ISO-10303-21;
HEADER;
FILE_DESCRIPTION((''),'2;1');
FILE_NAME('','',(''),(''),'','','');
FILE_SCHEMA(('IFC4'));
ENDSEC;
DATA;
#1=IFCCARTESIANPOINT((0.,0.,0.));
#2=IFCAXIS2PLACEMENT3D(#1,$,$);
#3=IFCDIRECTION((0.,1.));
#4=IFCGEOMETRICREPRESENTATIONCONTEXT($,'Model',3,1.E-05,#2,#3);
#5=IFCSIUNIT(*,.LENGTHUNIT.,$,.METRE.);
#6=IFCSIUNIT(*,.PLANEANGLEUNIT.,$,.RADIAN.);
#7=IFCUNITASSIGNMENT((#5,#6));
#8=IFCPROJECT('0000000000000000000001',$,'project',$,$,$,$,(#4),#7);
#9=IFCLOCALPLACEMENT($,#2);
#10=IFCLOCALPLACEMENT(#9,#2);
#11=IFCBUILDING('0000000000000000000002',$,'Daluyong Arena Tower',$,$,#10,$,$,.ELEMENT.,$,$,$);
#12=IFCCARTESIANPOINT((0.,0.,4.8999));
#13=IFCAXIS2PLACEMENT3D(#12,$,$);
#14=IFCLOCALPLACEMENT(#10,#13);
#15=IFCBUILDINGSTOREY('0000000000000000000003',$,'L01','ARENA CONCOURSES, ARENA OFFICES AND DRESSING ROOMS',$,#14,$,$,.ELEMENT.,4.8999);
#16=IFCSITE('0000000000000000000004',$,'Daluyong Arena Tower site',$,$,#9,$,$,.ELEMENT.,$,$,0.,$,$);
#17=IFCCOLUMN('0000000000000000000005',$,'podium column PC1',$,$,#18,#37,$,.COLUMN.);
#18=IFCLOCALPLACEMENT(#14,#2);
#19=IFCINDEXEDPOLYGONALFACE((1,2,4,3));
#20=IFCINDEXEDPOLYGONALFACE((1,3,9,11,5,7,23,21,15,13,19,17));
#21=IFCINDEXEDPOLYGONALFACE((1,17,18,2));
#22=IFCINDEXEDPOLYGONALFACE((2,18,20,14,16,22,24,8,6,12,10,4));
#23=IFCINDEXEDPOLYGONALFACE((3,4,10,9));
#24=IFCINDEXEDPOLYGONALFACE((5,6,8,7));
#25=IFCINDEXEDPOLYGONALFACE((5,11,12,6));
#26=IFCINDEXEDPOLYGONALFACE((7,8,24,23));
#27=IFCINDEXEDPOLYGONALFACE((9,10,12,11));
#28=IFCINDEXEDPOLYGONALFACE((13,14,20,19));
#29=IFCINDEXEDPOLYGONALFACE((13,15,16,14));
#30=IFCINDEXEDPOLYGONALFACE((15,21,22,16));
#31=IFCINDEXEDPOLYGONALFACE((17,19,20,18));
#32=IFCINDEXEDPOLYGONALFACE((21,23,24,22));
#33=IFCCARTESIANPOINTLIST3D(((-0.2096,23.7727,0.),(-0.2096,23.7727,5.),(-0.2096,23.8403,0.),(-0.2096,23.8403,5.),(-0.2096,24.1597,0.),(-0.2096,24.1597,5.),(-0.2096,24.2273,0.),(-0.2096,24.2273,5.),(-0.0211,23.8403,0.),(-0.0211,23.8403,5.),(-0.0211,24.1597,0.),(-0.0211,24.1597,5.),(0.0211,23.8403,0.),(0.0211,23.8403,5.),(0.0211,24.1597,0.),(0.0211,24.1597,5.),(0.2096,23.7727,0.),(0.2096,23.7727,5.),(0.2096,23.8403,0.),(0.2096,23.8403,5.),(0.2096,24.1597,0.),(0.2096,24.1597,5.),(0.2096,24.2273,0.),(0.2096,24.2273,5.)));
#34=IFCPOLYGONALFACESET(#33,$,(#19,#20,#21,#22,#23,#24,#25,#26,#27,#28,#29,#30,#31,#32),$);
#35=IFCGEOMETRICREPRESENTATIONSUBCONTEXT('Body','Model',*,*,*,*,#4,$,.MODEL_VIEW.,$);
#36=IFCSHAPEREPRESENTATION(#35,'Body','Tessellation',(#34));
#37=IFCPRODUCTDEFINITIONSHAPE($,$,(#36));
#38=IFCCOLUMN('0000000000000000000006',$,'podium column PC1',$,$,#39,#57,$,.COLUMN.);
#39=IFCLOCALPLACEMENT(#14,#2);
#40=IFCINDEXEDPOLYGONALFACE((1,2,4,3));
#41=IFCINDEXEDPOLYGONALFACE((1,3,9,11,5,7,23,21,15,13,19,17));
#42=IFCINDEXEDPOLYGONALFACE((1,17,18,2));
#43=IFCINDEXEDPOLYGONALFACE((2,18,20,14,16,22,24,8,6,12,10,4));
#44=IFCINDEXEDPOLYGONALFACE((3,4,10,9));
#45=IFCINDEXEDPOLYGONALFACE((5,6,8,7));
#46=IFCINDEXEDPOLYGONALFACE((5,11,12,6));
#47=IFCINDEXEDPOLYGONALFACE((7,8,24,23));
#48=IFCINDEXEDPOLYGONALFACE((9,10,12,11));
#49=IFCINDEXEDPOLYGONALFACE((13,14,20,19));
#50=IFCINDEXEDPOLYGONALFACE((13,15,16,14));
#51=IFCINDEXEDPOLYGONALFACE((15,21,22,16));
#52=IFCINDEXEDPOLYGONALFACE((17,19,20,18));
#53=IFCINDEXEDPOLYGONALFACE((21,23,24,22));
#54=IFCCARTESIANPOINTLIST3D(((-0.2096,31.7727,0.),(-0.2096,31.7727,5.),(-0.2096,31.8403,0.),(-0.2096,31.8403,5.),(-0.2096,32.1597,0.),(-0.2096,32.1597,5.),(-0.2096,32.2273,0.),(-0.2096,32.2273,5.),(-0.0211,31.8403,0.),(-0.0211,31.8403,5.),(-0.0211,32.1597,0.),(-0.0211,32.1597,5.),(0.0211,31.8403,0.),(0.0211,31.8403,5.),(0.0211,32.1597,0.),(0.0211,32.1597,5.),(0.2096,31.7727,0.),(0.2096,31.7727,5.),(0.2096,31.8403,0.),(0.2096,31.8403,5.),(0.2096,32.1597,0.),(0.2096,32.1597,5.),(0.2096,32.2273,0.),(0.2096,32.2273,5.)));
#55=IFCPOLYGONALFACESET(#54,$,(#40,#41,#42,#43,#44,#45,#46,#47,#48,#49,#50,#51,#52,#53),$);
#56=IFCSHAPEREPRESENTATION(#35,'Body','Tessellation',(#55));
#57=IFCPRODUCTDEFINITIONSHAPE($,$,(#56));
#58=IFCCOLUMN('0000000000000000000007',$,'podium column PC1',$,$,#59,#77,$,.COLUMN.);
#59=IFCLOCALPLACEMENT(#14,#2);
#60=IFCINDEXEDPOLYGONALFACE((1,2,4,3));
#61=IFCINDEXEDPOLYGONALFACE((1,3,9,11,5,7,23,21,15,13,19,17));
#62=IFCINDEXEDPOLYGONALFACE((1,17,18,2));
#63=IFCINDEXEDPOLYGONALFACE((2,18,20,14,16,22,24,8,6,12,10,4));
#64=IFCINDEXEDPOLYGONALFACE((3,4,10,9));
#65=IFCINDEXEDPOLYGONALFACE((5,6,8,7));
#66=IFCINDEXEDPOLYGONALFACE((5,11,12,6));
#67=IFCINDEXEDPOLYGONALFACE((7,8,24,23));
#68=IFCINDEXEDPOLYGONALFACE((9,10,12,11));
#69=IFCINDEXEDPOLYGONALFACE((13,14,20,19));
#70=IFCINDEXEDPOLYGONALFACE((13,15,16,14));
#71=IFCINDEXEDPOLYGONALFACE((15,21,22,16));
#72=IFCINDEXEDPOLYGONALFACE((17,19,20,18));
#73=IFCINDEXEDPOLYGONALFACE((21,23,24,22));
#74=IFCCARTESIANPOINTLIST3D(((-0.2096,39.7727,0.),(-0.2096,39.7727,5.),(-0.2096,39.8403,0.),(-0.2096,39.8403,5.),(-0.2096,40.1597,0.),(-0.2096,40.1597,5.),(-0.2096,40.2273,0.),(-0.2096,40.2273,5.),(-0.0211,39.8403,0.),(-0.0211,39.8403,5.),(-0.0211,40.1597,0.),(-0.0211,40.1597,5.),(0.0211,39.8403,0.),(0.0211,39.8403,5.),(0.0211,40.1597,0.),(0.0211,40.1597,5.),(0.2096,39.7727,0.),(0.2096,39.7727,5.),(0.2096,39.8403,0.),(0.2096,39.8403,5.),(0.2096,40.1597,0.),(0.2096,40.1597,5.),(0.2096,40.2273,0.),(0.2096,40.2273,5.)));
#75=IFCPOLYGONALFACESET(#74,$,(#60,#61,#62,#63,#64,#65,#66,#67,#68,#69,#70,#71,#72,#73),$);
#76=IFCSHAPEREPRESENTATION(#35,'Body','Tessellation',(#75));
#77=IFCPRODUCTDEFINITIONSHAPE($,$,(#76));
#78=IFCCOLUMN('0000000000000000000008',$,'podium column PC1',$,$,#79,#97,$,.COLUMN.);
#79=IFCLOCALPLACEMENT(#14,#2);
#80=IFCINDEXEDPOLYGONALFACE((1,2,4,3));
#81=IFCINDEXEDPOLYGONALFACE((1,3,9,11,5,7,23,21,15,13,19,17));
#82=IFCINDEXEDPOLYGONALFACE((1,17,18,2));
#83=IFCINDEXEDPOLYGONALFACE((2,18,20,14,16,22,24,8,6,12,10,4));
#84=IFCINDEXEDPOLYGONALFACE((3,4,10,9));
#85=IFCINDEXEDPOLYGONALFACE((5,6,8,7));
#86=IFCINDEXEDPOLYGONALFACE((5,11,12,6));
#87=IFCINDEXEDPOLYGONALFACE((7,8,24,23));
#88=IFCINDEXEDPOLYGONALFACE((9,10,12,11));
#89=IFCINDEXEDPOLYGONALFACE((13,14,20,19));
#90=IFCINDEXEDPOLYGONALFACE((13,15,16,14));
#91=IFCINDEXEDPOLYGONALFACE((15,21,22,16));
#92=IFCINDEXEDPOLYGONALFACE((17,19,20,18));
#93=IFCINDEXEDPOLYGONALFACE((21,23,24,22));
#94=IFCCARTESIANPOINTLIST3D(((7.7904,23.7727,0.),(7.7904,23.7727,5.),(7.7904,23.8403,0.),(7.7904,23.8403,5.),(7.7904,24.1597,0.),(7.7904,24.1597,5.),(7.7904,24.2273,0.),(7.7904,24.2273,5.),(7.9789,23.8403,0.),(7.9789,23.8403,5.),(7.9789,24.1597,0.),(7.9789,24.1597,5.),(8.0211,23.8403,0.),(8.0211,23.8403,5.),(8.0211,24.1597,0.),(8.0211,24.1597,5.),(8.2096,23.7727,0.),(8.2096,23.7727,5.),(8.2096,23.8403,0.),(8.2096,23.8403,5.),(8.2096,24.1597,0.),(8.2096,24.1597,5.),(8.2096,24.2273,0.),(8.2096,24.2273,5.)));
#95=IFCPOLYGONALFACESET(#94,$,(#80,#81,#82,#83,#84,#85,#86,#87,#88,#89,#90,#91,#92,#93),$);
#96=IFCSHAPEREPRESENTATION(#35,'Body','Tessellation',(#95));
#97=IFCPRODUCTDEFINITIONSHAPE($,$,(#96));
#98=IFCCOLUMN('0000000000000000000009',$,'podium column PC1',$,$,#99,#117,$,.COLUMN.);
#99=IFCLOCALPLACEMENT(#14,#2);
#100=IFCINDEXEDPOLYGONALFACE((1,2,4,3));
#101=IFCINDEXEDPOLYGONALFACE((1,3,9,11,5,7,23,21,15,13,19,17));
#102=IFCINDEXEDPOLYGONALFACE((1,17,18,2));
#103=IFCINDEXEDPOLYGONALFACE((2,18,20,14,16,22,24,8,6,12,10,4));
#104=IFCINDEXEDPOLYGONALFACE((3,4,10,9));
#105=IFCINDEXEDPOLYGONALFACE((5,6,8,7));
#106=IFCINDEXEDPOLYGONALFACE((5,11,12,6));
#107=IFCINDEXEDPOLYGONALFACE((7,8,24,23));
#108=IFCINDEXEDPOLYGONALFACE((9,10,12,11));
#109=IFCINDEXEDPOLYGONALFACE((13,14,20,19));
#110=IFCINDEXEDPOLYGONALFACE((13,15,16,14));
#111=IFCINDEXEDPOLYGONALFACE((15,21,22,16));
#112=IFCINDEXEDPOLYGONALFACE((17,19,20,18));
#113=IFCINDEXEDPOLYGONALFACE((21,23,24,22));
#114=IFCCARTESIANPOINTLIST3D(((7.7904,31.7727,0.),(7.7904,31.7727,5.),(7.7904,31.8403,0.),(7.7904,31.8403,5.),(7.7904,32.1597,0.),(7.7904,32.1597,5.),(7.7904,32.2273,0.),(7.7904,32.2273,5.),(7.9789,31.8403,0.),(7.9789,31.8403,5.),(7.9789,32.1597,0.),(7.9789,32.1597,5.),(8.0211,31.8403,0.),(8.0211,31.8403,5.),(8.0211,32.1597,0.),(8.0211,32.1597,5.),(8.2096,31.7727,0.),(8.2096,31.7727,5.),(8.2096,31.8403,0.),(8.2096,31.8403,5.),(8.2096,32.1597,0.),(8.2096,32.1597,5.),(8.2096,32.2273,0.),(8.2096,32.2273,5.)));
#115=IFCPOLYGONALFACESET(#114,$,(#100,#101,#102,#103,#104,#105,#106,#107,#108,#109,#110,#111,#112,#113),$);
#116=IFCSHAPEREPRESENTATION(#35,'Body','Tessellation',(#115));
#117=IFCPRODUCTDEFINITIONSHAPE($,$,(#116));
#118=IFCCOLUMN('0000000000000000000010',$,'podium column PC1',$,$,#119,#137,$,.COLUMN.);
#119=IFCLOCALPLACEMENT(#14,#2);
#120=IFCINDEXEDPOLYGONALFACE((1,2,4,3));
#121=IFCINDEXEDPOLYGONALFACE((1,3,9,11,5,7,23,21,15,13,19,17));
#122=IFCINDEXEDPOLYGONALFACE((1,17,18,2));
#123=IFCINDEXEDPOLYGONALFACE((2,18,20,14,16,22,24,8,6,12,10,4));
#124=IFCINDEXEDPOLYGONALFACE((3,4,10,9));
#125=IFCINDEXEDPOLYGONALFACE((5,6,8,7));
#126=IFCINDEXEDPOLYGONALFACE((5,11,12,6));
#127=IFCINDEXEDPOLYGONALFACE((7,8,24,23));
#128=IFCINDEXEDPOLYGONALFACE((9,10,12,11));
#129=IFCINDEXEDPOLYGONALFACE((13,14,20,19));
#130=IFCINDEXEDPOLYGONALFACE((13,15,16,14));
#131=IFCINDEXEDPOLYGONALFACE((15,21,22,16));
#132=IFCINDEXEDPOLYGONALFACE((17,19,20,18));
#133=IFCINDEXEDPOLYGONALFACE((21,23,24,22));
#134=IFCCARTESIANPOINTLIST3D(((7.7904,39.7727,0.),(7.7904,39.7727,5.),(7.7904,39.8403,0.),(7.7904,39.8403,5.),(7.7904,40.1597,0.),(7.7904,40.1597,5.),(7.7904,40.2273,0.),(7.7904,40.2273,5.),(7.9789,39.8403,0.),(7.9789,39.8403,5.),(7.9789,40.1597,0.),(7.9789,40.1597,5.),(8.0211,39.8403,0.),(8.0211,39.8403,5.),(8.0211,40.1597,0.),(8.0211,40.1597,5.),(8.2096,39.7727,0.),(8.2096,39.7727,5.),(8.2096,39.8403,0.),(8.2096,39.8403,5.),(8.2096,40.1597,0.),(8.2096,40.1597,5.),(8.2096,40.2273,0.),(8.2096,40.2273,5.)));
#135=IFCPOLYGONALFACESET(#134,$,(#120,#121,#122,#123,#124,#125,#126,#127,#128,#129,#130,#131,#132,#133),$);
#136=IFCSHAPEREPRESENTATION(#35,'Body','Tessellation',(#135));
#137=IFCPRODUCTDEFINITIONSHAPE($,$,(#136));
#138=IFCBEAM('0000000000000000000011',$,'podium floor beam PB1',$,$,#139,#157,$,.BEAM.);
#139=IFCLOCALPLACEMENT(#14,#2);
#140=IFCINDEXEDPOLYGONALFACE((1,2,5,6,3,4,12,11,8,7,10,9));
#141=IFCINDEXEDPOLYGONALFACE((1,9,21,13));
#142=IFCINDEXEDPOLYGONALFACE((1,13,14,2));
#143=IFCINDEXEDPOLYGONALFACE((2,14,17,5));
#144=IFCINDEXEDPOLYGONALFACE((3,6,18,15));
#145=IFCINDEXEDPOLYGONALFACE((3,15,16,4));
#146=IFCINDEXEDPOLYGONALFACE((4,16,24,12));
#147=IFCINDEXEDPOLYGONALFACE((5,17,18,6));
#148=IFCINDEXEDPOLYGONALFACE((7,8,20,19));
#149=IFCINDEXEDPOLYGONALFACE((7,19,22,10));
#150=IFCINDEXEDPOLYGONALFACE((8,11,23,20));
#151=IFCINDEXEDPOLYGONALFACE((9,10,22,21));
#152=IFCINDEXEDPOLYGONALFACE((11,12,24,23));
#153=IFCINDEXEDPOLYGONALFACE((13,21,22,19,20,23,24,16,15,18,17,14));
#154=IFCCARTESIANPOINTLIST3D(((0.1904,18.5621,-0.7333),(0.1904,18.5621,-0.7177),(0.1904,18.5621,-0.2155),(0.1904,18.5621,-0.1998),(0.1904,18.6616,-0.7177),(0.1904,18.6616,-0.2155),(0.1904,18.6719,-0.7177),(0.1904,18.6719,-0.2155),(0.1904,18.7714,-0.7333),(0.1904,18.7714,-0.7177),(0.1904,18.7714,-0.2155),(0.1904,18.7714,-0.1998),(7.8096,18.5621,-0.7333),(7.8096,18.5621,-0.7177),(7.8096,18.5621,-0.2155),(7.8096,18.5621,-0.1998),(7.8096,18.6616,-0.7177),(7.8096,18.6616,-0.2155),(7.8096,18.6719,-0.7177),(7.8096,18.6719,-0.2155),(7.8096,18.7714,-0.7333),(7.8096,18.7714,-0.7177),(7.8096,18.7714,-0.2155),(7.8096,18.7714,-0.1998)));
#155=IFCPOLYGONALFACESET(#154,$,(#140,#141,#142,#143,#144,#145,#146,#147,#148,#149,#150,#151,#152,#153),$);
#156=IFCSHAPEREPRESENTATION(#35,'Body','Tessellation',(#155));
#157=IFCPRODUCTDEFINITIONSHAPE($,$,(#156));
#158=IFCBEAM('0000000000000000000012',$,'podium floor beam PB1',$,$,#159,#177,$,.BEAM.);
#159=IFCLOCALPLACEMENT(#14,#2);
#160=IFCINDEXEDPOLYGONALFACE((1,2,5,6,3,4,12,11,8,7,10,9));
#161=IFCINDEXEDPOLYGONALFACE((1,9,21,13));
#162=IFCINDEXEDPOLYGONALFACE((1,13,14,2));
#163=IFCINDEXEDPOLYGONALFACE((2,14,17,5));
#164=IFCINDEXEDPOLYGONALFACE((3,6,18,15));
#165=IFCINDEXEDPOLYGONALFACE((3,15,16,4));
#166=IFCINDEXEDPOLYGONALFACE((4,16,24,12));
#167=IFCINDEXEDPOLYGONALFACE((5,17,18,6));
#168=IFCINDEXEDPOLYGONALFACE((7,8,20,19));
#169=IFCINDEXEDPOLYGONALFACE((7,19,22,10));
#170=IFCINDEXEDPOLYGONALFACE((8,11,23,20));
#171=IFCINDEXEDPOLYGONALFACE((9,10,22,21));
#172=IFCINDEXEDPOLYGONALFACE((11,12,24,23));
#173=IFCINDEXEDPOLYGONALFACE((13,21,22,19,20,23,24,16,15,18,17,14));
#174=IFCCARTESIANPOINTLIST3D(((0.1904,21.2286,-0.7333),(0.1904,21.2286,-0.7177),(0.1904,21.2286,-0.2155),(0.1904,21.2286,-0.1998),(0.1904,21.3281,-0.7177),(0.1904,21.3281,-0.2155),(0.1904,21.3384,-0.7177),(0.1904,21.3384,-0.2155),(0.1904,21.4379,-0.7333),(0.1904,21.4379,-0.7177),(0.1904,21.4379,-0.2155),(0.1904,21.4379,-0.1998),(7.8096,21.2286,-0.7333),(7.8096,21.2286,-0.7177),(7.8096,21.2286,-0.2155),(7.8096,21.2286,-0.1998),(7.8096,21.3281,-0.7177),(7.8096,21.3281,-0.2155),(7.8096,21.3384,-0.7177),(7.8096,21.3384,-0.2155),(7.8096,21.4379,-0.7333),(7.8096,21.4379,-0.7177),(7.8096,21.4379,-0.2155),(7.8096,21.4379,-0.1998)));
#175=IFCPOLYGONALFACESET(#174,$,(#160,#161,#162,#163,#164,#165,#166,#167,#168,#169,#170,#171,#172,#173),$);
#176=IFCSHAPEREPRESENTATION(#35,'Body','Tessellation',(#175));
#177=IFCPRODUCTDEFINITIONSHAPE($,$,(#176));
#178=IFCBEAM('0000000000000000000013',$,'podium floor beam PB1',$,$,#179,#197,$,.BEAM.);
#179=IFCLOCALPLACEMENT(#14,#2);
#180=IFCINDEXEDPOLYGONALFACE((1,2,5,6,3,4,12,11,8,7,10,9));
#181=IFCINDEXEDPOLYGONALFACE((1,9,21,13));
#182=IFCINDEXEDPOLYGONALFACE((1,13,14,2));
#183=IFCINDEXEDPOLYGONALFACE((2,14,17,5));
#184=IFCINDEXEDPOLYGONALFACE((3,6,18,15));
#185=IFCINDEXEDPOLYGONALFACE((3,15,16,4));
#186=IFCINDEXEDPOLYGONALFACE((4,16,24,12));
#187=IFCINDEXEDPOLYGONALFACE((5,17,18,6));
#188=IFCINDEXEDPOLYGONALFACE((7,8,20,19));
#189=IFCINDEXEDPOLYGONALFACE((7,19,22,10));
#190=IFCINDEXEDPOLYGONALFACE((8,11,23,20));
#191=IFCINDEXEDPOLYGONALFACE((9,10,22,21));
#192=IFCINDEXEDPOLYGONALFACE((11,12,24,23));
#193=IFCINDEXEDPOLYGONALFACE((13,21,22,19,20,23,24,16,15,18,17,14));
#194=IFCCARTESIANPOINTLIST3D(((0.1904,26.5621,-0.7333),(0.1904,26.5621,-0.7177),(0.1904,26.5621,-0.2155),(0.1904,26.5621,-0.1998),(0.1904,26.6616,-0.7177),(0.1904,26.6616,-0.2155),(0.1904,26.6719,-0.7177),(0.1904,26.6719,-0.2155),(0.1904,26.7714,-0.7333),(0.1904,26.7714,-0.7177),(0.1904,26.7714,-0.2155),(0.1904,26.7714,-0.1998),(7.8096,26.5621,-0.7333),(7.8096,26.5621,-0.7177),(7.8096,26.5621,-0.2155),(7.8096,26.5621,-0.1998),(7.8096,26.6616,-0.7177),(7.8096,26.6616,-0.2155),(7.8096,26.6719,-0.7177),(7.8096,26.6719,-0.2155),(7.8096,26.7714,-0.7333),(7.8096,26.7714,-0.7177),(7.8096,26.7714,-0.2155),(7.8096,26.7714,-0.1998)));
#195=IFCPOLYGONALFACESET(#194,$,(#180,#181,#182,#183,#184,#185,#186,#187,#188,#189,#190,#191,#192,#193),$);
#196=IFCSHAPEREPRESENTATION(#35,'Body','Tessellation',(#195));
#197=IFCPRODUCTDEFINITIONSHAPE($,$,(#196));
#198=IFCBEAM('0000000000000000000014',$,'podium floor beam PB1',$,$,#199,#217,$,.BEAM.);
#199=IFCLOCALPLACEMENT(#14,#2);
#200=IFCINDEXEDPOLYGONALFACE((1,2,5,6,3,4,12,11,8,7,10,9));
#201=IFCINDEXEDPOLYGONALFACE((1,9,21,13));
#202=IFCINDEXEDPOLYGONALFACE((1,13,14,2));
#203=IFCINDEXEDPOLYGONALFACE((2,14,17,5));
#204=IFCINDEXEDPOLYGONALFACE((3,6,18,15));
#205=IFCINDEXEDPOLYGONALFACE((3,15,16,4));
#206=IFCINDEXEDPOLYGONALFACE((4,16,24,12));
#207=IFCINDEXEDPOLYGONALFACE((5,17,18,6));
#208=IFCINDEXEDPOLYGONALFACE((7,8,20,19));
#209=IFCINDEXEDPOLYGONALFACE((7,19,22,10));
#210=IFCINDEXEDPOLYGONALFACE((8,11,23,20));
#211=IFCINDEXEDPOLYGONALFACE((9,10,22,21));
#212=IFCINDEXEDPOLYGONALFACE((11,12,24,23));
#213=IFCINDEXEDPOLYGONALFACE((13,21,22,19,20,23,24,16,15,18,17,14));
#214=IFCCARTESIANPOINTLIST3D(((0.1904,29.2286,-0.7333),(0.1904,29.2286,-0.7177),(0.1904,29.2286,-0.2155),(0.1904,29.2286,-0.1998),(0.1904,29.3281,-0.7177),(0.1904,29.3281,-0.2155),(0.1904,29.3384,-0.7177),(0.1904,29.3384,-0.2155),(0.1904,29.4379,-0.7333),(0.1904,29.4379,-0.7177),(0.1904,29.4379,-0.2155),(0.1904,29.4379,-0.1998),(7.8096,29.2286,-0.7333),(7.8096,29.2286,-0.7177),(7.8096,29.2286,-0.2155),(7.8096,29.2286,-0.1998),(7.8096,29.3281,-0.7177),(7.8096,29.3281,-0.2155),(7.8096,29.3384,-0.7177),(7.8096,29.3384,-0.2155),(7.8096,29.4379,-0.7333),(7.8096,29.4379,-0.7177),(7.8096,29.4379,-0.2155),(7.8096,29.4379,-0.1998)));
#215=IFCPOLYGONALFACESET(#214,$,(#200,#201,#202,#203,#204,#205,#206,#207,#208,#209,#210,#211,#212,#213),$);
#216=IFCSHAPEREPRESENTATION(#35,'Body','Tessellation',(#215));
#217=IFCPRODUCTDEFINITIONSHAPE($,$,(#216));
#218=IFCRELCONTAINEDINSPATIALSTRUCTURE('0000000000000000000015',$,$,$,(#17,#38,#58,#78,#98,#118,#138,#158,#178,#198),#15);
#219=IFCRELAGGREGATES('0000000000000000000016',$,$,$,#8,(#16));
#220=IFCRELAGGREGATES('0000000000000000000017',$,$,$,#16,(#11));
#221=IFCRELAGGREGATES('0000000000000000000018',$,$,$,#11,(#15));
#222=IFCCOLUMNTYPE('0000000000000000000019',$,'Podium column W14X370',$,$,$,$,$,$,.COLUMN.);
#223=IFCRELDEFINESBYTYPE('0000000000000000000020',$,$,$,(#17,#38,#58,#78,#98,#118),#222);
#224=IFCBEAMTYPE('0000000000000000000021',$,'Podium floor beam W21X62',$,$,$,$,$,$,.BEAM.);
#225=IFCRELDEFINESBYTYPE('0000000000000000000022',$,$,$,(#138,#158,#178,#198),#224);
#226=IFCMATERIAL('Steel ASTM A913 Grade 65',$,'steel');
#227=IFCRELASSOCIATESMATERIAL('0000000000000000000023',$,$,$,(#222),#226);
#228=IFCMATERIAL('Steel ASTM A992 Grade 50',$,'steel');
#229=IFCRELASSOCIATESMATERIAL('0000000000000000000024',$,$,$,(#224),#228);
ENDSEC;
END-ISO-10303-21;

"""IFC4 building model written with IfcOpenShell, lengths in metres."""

from ifc_helpers import new_model, si_unit, direction, frame, origin, origin_2d, place, context, subcontext, project, spatial, i_section, extrude, material, material_profile, profile_set, type_object, element, save


model = new_model("IFC4")

# Units and contexts
model_context = context("Model", 3, precision=1e-05, world=origin(), true_north=direction((0.0, 1.0)))
body_context = subcontext(model_context, "Body", "Model", "MODEL_VIEW")
ifc_project = project(units=[si_unit("LENGTHUNIT", "METRE"), si_unit("PLANEANGLEUNIT", "RADIAN")], contexts=[model_context])

# Site, building, storey
site_placement = place(None, origin())
site = spatial("IfcSite", under=ifc_project, at=site_placement, Name="Daluyong Arena Tower site", CompositionType="ELEMENT", RefElevation=0.0)
building_placement = place(site_placement, origin())
building = spatial("IfcBuilding", under=site, at=building_placement, Name="Daluyong Arena Tower", CompositionType="ELEMENT")
storey_placement = place(building_placement, frame((0.0, 0.0, 4.8999)))
storey = spatial("IfcBuildingStorey", under=building, at=storey_placement, Name="L01", Description="ARENA CONCOURSES, ARENA OFFICES AND DRESSING ROOMS", CompositionType="ELEMENT", Elevation=4.8999)

# Columns
ifc_material_1 = material(Name="Steel ASTM A913 Grade 65", Category="steel")
ifc_material_profile_1 = material_profile(ifc_material_1, i_section(OverallWidth=0.4192, OverallDepth=0.4546, WebThickness=0.0422, FlangeThickness=0.0676, at=origin_2d()))
ifc_profile_set_1 = profile_set([ifc_material_profile_1], Name="Steel ASTM A913 Grade 65")
column_type = type_object("IfcColumnType", Name="Podium column W14X370", PredefinedType="COLUMN", material=ifc_profile_set_1)
for number, where, z_axis, x_axis, name in (
    (1, (0.0, 24.0, 0.0), (0.0, 0.0, 1.0), (1.0, 0.0, 0.0), "podium column PC1"),
    (2, (0.0, 32.0, 0.0), (0.0, 0.0, 1.0), (1.0, 0.0, 0.0), "podium column PC1"),
    (3, (0.0, 40.0, 0.0), (0.0, 0.0, 1.0), (1.0, 0.0, 0.0), "podium column PC1"),
    (4, (8.0, 24.0, 0.0), (0.0, 0.0, 1.0), (1.0, 0.0, 0.0), "podium column PC1"),
    (5, (8.0, 32.0, 0.0), (0.0, 0.0, 1.0), (1.0, 0.0, 0.0), "podium column PC1"),
    (6, (8.0, 40.0, 0.0), (0.0, 0.0, 1.0), (1.0, 0.0, 0.0), "podium column PC1"),
):
    element("IfcColumn", number, at=place(storey_placement, frame(where, z_axis=z_axis, x_axis=x_axis)), inside=storey, type_object=column_type, Name=name, PredefinedType="COLUMN", context=body_context, shape_type="SweptSolid", body=[
        extrude(i_section(OverallWidth=0.4192, OverallDepth=0.4546, WebThickness=0.0422, FlangeThickness=0.0676, at=origin_2d()), origin(), (0.0, 0.0, 1.0), 5.0),
    ])

# Beams
ifc_material_2 = material(Name="Steel ASTM A992 Grade 50", Category="steel")
ifc_material_profile_2 = material_profile(ifc_material_2, i_section(OverallWidth=0.2092, OverallDepth=0.5334, WebThickness=0.0103, FlangeThickness=0.0156, at=origin_2d()))
ifc_profile_set_2 = profile_set([ifc_material_profile_2], Name="Steel ASTM A992 Grade 50")
beam_type_1 = type_object("IfcBeamType", Name="Podium floor beam W21X62", PredefinedType="BEAM", material=ifc_profile_set_2)
for number, where, z_axis, x_axis, name in (
    (7, (0.1904, 18.6667, -0.4666), (1.0, 0.0, 0.0), (0.0, 1.0, 0.0), "podium floor beam PB1"),
    (8, (0.1904, 21.3333, -0.4666), (1.0, 0.0, 0.0), (0.0, 1.0, 0.0), "podium floor beam PB1"),
    (9, (0.1904, 26.6667, -0.4666), (1.0, 0.0, 0.0), (0.0, 1.0, 0.0), "podium floor beam PB1"),
    (10, (0.1904, 29.3333, -0.4666), (1.0, 0.0, 0.0), (0.0, 1.0, 0.0), "podium floor beam PB1"),
):
    element("IfcBeam", number, at=place(storey_placement, frame(where, z_axis=z_axis, x_axis=x_axis)), inside=storey, type_object=beam_type_1, Name=name, PredefinedType="BEAM", context=body_context, shape_type="SweptSolid", body=[
        extrude(i_section(OverallWidth=0.2092, OverallDepth=0.5334, WebThickness=0.0103, FlangeThickness=0.0156, at=origin_2d()), origin(), (0.0, 0.0, 1.0), 7.6191),
    ])

save(model, "model.ifc")
